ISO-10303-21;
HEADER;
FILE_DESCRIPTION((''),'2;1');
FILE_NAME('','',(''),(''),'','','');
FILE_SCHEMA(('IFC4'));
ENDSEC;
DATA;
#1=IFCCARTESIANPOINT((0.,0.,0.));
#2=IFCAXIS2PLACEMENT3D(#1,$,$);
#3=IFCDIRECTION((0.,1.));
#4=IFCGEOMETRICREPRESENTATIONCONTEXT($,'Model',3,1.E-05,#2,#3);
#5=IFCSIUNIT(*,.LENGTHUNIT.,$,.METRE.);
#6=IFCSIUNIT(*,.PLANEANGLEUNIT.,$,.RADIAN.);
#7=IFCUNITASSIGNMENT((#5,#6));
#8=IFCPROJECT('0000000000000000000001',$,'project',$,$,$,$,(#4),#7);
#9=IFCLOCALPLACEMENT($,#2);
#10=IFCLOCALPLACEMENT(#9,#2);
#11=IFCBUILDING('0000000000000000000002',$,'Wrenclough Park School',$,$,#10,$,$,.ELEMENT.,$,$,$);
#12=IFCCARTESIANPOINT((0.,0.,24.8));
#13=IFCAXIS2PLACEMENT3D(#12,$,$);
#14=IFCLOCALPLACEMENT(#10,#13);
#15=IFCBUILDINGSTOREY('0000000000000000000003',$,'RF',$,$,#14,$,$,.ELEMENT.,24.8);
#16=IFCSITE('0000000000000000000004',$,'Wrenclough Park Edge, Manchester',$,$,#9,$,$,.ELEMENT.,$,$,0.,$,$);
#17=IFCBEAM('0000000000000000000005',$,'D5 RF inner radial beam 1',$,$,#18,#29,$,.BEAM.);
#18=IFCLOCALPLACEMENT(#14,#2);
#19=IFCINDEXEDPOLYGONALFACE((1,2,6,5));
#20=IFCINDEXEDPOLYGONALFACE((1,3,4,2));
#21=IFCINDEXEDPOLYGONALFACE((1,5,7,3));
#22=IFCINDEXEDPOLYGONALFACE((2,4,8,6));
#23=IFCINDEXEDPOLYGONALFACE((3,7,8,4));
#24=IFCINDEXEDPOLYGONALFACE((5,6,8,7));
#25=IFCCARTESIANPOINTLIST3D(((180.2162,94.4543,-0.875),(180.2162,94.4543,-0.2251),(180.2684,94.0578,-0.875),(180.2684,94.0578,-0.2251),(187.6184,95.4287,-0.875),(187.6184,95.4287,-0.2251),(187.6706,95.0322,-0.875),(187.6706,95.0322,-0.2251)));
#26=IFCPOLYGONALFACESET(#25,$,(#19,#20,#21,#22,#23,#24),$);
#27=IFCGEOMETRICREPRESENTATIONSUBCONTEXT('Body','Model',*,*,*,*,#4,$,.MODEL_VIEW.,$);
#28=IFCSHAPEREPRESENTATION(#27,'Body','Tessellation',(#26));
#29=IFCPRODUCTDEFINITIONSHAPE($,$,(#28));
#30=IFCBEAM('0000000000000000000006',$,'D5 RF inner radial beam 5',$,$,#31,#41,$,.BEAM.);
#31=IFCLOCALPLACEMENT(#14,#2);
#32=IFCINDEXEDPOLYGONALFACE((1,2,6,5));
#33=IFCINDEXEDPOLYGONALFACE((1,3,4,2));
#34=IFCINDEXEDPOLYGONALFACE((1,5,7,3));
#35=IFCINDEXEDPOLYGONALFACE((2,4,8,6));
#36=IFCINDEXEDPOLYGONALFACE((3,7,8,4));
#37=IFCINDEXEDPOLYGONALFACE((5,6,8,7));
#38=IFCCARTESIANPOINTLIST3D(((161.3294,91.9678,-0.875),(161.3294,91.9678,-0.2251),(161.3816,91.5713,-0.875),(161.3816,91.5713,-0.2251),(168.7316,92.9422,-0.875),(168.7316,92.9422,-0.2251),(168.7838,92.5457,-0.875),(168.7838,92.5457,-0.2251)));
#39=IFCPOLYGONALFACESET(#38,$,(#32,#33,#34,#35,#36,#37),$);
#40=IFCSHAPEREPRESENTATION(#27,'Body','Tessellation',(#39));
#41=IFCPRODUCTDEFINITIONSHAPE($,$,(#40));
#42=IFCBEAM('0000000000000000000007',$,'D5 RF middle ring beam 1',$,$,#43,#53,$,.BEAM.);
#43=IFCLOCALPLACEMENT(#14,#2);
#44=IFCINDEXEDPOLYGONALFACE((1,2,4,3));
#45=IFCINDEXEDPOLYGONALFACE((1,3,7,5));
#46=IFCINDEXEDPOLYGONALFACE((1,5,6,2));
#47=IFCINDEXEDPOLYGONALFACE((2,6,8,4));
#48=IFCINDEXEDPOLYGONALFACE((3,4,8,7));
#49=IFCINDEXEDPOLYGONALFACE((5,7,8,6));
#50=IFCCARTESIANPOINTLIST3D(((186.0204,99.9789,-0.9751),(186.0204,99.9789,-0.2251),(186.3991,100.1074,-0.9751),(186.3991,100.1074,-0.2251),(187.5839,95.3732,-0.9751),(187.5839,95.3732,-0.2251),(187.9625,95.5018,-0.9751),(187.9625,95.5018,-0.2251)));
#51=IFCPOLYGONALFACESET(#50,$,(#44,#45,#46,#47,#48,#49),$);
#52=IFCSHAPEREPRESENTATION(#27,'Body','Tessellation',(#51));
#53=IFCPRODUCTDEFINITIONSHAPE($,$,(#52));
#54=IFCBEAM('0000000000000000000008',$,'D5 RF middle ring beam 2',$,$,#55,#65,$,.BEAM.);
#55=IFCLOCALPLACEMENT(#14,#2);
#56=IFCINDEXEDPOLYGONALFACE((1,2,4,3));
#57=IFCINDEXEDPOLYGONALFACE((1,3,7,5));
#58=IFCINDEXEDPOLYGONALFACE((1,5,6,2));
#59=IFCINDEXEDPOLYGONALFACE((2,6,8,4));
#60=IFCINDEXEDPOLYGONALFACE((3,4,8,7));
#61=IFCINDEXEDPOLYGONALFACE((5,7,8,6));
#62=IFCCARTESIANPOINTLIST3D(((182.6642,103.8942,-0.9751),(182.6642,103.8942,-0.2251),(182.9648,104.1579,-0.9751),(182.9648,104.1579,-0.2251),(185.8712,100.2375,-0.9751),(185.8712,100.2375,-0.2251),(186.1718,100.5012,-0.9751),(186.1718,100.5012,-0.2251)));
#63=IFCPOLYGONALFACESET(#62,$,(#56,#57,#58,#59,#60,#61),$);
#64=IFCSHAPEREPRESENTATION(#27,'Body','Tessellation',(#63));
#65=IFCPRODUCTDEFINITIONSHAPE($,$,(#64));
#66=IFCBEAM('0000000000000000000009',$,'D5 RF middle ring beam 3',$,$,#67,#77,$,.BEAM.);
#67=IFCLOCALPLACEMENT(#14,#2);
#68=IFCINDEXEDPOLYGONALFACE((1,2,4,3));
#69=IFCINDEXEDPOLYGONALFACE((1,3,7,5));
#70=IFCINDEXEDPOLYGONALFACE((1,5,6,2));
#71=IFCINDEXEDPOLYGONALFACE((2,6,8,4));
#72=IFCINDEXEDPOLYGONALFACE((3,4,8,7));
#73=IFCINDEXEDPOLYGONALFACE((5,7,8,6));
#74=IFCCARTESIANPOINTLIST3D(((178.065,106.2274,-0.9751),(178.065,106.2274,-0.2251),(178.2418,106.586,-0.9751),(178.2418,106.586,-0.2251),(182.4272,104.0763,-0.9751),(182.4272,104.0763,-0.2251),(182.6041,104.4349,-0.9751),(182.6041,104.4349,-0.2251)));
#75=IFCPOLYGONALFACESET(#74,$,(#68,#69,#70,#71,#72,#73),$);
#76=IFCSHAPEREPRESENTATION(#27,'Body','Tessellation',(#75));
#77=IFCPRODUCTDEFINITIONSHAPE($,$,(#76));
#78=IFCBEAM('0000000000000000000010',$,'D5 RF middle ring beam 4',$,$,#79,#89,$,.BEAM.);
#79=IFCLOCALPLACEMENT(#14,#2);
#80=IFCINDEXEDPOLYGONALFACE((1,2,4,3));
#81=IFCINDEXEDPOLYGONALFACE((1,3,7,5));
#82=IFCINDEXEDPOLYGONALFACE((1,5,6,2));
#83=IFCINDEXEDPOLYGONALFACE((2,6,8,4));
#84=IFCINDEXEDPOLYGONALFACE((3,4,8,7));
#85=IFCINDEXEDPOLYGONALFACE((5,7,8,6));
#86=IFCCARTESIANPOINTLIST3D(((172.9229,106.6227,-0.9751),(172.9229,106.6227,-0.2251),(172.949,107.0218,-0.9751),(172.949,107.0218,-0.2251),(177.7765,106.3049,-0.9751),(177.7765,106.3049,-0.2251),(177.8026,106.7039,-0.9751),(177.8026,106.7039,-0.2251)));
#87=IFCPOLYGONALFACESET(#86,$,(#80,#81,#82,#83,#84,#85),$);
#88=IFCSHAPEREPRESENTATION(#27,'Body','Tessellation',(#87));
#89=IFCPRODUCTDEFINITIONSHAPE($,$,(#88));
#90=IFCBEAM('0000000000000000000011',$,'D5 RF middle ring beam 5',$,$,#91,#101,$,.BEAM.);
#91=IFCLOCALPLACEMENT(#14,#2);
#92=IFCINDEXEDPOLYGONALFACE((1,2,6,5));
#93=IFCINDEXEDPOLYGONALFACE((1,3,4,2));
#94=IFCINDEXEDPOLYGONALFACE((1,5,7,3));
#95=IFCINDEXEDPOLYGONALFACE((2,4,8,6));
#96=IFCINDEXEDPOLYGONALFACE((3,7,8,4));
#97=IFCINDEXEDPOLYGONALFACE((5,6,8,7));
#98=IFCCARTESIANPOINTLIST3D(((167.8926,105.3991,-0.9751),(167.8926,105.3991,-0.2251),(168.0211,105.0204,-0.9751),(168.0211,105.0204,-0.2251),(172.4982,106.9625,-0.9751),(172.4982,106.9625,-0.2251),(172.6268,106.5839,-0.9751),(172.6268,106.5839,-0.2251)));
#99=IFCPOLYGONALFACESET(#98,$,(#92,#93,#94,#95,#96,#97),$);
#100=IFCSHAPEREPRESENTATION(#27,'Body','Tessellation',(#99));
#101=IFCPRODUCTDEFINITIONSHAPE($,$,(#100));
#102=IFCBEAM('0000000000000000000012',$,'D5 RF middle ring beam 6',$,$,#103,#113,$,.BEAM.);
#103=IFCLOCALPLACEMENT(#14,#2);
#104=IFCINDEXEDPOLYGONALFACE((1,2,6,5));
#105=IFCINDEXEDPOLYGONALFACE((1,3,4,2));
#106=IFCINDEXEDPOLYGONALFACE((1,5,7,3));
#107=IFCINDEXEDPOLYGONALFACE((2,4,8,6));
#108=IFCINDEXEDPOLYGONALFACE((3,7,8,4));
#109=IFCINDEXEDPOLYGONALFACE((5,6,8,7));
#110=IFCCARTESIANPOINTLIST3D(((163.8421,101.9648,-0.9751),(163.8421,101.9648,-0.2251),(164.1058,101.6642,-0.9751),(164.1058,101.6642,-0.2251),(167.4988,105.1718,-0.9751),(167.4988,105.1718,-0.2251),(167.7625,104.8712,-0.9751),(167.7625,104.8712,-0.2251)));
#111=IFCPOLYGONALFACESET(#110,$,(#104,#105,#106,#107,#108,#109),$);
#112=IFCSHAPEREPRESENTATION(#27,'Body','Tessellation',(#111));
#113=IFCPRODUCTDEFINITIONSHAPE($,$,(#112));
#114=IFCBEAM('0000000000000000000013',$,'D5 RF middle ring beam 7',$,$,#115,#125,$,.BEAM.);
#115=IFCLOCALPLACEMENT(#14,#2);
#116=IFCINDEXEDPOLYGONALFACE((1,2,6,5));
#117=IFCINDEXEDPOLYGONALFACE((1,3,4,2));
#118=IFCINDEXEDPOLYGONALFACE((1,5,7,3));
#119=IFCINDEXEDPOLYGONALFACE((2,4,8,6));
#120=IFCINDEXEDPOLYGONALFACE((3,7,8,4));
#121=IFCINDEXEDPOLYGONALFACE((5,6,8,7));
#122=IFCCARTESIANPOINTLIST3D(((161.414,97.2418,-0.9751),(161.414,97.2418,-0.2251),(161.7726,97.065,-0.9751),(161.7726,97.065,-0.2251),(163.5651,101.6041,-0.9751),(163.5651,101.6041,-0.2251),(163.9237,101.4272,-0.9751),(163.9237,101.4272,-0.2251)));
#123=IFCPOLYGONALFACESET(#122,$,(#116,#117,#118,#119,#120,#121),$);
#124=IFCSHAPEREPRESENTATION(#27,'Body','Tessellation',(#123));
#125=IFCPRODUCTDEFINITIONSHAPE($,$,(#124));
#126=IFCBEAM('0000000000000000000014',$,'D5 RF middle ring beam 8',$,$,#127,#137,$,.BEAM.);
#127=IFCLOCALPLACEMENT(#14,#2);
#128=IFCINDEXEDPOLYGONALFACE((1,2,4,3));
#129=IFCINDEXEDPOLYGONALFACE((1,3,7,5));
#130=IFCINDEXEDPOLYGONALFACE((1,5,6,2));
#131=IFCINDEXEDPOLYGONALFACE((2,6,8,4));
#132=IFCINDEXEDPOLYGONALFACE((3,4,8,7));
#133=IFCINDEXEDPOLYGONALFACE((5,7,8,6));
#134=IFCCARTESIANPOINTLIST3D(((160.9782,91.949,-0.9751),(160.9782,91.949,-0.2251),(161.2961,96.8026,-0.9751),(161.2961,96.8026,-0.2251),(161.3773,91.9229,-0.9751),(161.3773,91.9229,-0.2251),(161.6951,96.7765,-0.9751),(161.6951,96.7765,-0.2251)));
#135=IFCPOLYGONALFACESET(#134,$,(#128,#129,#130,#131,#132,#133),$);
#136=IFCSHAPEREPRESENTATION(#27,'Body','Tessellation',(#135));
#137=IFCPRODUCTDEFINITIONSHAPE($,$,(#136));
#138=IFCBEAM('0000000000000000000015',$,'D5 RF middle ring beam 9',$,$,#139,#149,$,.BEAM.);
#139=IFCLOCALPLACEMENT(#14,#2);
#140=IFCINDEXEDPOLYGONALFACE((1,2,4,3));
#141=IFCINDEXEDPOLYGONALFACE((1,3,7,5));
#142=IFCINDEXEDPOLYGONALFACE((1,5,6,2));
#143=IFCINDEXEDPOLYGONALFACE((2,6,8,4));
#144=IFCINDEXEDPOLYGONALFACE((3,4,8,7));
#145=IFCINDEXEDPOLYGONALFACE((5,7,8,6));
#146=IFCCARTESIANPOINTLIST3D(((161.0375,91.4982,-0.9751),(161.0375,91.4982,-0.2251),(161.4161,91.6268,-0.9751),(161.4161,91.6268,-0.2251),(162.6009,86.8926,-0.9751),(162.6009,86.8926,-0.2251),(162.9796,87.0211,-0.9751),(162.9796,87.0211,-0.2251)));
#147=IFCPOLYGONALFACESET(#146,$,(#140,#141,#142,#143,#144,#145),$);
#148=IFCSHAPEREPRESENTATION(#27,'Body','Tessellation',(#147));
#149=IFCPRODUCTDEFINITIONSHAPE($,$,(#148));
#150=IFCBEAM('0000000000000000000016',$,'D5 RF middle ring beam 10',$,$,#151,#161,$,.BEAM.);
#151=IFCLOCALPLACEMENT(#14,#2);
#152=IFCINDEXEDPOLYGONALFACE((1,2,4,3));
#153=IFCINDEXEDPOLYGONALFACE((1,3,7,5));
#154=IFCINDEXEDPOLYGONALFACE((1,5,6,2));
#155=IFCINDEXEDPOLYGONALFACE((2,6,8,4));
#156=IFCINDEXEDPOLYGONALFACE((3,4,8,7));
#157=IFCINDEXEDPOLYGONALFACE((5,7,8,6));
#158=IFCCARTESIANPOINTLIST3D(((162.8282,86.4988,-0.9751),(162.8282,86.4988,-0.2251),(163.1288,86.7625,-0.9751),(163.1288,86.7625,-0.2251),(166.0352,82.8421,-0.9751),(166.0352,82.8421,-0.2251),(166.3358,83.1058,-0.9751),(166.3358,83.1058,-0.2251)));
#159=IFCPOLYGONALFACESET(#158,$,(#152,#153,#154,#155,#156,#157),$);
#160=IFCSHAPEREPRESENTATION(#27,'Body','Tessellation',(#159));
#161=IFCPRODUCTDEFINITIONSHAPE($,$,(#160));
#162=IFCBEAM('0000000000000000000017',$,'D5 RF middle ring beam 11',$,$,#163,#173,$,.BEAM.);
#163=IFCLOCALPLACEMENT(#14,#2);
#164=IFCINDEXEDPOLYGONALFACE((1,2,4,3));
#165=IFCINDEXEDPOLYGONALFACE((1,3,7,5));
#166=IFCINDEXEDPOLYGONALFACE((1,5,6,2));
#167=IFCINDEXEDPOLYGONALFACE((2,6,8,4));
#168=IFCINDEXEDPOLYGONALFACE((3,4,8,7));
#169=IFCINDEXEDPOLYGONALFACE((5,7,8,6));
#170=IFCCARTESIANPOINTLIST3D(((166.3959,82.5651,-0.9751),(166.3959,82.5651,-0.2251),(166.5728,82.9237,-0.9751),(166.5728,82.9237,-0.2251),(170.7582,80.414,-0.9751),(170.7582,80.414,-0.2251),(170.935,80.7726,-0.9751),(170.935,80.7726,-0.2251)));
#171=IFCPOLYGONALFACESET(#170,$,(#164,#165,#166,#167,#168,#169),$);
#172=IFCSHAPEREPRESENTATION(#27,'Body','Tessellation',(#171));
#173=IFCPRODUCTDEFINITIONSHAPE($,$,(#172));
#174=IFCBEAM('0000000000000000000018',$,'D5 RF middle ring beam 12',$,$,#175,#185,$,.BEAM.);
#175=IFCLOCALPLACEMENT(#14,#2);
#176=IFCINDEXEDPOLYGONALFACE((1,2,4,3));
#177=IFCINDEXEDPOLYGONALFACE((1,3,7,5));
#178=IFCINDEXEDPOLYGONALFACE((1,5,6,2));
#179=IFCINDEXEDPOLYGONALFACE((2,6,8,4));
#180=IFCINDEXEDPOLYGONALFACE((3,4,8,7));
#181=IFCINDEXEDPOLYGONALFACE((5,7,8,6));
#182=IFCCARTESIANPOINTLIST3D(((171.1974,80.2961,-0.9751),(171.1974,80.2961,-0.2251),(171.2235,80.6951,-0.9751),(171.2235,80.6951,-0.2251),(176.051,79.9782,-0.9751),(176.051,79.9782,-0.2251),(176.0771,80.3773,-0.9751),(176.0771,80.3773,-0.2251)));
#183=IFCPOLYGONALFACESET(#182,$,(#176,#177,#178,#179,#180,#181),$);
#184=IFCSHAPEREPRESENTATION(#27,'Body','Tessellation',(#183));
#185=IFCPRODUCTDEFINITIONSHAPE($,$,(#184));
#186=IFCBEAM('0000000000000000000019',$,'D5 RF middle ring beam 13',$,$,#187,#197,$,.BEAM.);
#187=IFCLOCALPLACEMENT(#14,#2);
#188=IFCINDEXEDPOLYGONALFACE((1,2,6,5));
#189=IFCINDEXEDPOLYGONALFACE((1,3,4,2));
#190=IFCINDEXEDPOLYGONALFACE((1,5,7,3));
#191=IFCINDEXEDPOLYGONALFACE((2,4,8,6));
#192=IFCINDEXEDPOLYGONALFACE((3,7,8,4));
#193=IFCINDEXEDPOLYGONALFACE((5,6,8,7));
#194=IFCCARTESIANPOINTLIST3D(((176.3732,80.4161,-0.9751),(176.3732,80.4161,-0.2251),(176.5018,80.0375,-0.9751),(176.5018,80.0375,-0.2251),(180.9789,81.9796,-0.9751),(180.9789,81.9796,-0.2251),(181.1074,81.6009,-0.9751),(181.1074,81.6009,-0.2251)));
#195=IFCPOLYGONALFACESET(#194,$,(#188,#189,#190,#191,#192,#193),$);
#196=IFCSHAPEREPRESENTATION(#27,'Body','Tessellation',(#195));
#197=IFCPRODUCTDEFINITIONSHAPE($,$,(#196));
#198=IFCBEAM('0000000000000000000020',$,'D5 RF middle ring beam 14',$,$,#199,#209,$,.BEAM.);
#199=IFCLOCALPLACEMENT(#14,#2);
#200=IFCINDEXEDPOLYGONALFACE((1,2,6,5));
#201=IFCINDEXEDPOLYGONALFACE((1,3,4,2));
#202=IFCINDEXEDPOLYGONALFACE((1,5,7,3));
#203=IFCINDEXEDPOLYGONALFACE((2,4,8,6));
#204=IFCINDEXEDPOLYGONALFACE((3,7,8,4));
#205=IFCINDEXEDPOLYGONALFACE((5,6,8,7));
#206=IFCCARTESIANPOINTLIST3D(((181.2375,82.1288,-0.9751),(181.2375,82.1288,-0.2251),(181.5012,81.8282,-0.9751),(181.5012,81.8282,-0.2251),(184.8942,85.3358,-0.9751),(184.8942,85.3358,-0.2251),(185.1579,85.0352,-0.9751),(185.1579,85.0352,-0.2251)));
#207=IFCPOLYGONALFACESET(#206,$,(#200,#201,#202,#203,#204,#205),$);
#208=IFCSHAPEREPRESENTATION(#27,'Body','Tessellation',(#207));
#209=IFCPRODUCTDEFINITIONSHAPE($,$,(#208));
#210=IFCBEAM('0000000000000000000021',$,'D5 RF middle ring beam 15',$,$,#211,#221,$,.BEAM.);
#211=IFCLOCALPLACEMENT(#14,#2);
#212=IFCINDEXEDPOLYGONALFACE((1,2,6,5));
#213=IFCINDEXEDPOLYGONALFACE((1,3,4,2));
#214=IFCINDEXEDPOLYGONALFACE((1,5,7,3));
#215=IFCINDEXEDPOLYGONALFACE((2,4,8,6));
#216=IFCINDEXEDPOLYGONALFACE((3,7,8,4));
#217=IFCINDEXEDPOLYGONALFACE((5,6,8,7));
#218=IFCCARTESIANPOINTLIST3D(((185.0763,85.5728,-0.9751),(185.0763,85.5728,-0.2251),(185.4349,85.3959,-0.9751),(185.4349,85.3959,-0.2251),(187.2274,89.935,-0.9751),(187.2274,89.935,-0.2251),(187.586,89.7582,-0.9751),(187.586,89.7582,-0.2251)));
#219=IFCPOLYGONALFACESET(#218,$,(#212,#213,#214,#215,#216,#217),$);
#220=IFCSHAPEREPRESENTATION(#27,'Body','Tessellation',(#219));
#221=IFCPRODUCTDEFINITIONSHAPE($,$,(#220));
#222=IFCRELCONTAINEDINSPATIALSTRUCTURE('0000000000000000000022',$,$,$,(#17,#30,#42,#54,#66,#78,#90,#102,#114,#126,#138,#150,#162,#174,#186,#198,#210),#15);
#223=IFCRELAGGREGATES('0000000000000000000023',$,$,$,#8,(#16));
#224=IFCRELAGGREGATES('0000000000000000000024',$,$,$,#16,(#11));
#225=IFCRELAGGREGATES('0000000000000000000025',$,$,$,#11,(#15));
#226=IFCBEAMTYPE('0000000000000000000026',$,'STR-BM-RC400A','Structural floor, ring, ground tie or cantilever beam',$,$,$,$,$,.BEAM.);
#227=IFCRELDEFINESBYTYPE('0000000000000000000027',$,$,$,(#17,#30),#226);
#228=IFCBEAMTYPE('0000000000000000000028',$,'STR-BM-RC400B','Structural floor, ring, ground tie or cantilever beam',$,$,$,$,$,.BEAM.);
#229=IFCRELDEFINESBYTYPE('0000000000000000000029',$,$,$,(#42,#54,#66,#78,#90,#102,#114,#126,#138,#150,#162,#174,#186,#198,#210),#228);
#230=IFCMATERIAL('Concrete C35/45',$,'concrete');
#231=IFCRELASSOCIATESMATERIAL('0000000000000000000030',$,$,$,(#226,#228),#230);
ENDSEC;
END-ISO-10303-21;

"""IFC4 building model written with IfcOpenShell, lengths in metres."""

from ifc_helpers import new_model, si_unit, direction, frame, origin, origin_2d, place, context, subcontext, project, spatial, rectangle, extrude, material, material_profile, profile_set, type_object, element, save


model = new_model("IFC4")

# Units and contexts
model_context = context("Model", 3, precision=1e-05, world=origin(), true_north=direction((0.0, 1.0)))
body_context = subcontext(model_context, "Body", "Model", "MODEL_VIEW")
ifc_project = project(units=[si_unit("LENGTHUNIT", "METRE"), si_unit("PLANEANGLEUNIT", "RADIAN")], contexts=[model_context])

# Site, building, storey
site_placement = place(None, origin())
site = spatial("IfcSite", under=ifc_project, at=site_placement, Name="Wrenclough Park Edge, Manchester", CompositionType="ELEMENT", RefElevation=0.0)
building_placement = place(site_placement, origin())
building = spatial("IfcBuilding", under=site, at=building_placement, Name="Wrenclough Park School", CompositionType="ELEMENT")
storey_placement = place(building_placement, frame((0.0, 0.0, 24.8)))
storey = spatial("IfcBuildingStorey", under=building, at=storey_placement, Name="RF", CompositionType="ELEMENT", Elevation=24.8)

# Beams
ifc_material_1 = material(Name="Concrete C35/45", Category="concrete")
ifc_material_profile_1 = material_profile(ifc_material_1, rectangle(XDim=0.3999, YDim=0.6499, at=origin_2d()), Name="RC BEAM 400x650")
ifc_profile_set_1 = profile_set([ifc_material_profile_1], Name="Concrete C35/45")
beam_type_1 = type_object("IfcBeamType", Name="STR-BM-RC400A", Description="Structural floor, ring, ground tie or cantilever beam", PredefinedType="BEAM", material=ifc_profile_set_1)
for number, where, z_axis, x_axis, name in (
    (1, (187.6445, 95.2305, -0.55), (-0.991447, -0.130508, 0.0), (0.130508, -0.991447, 0.0), "D5 RF inner radial beam 1"),
    (2, (161.3555, 91.7695, -0.55), (0.991447, 0.130508, 0.0), (-0.130508, 0.991447, 0.0), "D5 RF inner radial beam 5"),
):
    element("IfcBeam", number, at=place(storey_placement, frame(where, z_axis=z_axis, x_axis=x_axis)), inside=storey, type_object=beam_type_1, Name=name, PredefinedType="BEAM", context=body_context, shape_type="SweptSolid", body=[
        extrude(rectangle(XDim=0.3999, YDim=0.6499, at=origin_2d()), origin(), (0.0, 0.0, 1.0), 7.4661),
    ])
ifc_material_profile_2 = material_profile(ifc_material_1, rectangle(XDim=0.3999, YDim=0.75, at=origin_2d()), Name="RC BEAM 400x750")
ifc_profile_set_2 = profile_set([ifc_material_profile_2], Name="Concrete C35/45")
beam_type_2 = type_object("IfcBeamType", Name="STR-BM-RC400B", Description="Structural floor, ring, ground tie or cantilever beam", PredefinedType="BEAM", material=ifc_profile_set_2)
for number, where, z_axis, x_axis, name in (
    (3, (187.7732, 95.4375, -0.6001), (-0.321448, 0.946927, 0.0), (-0.946927, -0.321448, 0.0), "D5 RF middle ring beam 1"),
    (4, (186.0215, 100.3694, -0.6001), (-0.659364, 0.751824, 0.0), (-0.751824, -0.659364, 0.0), "D5 RF middle ring beam 2"),
    (5, (182.5156, 104.2556, -0.6001), (-0.896883, 0.442268, 0.0), (-0.442268, -0.896883, 0.0), "D5 RF middle ring beam 3"),
):
    element("IfcBeam", number, at=place(storey_placement, frame(where, z_axis=z_axis, x_axis=x_axis)), inside=storey, type_object=beam_type_2, Name=name, PredefinedType="BEAM", context=body_context, shape_type="SweptSolid", body=[
        extrude(rectangle(XDim=0.3999, YDim=0.75, at=origin_2d()), origin(), (0.0, 0.0, 1.0), 4.8638),
    ])
beam_1_placement = place(storey_placement, frame((177.7896, 106.5044, -0.6001), z_axis=(-0.997862, 0.065353, 0.0), x_axis=(-0.065353, -0.997862, 0.0)))
element("IfcBeam", 6, at=beam_1_placement, inside=storey, type_object=beam_type_2, Name="D5 RF middle ring beam 4", PredefinedType="BEAM", context=body_context, shape_type="SweptSolid", body=[
    extrude(rectangle(XDim=0.3999, YDim=0.75, at=origin_2d()), origin(), (0.0, 0.0, 1.0), 4.864),
])
for number, where, z_axis, x_axis, name in (
    (7, (172.5625, 106.7732, -0.6001), (-0.946927, -0.321448, 0.0), (0.321448, -0.946927, 0.0), "D5 RF middle ring beam 5"),
    (8, (167.6306, 105.0215, -0.6001), (-0.751824, -0.659364, 0.0), (0.659364, -0.751824, 0.0), "D5 RF middle ring beam 6"),
    (9, (163.7444, 101.5156, -0.6001), (-0.442268, -0.896883, 0.0), (0.896883, -0.442268, 0.0), "D5 RF middle ring beam 7"),
):
    element("IfcBeam", number, at=place(storey_placement, frame(where, z_axis=z_axis, x_axis=x_axis)), inside=storey, type_object=beam_type_2, Name=name, PredefinedType="BEAM", context=body_context, shape_type="SweptSolid", body=[
        extrude(rectangle(XDim=0.3999, YDim=0.75, at=origin_2d()), origin(), (0.0, 0.0, 1.0), 4.8638),
    ])
beam_2_placement = place(storey_placement, frame((161.4956, 96.7896, -0.6001), z_axis=(-0.065353, -0.997862, 0.0), x_axis=(0.997862, -0.065353, 0.0)))
element("IfcBeam", 10, at=beam_2_placement, inside=storey, type_object=beam_type_2, Name="D5 RF middle ring beam 8", PredefinedType="BEAM", context=body_context, shape_type="SweptSolid", body=[
    extrude(rectangle(XDim=0.3999, YDim=0.75, at=origin_2d()), origin(), (0.0, 0.0, 1.0), 4.864),
])
for number, where, z_axis, x_axis, name in (
    (11, (161.2268, 91.5625, -0.6001), (0.321448, -0.946927, 0.0), (0.946927, 0.321448, 0.0), "D5 RF middle ring beam 9"),
    (12, (162.9785, 86.6306, -0.6001), (0.659364, -0.751824, 0.0), (0.751824, 0.659364, 0.0), "D5 RF middle ring beam 10"),
    (13, (166.4844, 82.7444, -0.6001), (0.896883, -0.442268, 0.0), (0.442268, 0.896883, 0.0), "D5 RF middle ring beam 11"),
):
    element("IfcBeam", number, at=place(storey_placement, frame(where, z_axis=z_axis, x_axis=x_axis)), inside=storey, type_object=beam_type_2, Name=name, PredefinedType="BEAM", context=body_context, shape_type="SweptSolid", body=[
        extrude(rectangle(XDim=0.3999, YDim=0.75, at=origin_2d()), origin(), (0.0, 0.0, 1.0), 4.8638),
    ])
beam_3_placement = place(storey_placement, frame((171.2104, 80.4956, -0.6001), z_axis=(0.997862, -0.065353, 0.0), x_axis=(0.065353, 0.997862, 0.0)))
element("IfcBeam", 14, at=beam_3_placement, inside=storey, type_object=beam_type_2, Name="D5 RF middle ring beam 12", PredefinedType="BEAM", context=body_context, shape_type="SweptSolid", body=[
    extrude(rectangle(XDim=0.3999, YDim=0.75, at=origin_2d()), origin(), (0.0, 0.0, 1.0), 4.864),
])
for number, where, z_axis, x_axis, name in (
    (15, (176.4375, 80.2268, -0.6001), (0.946927, 0.321448, 0.0), (-0.321448, 0.946927, 0.0), "D5 RF middle ring beam 13"),
    (16, (181.3694, 81.9785, -0.6001), (0.751824, 0.659364, 0.0), (-0.659364, 0.751824, 0.0), "D5 RF middle ring beam 14"),
    (17, (185.2556, 85.4844, -0.6001), (0.442268, 0.896883, 0.0), (-0.896883, 0.442268, 0.0), "D5 RF middle ring beam 15"),
):
    element("IfcBeam", number, at=place(storey_placement, frame(where, z_axis=z_axis, x_axis=x_axis)), inside=storey, type_object=beam_type_2, Name=name, PredefinedType="BEAM", context=body_context, shape_type="SweptSolid", body=[
        extrude(rectangle(XDim=0.3999, YDim=0.75, at=origin_2d()), origin(), (0.0, 0.0, 1.0), 4.8638),
    ])

save(model, "model.ifc")
